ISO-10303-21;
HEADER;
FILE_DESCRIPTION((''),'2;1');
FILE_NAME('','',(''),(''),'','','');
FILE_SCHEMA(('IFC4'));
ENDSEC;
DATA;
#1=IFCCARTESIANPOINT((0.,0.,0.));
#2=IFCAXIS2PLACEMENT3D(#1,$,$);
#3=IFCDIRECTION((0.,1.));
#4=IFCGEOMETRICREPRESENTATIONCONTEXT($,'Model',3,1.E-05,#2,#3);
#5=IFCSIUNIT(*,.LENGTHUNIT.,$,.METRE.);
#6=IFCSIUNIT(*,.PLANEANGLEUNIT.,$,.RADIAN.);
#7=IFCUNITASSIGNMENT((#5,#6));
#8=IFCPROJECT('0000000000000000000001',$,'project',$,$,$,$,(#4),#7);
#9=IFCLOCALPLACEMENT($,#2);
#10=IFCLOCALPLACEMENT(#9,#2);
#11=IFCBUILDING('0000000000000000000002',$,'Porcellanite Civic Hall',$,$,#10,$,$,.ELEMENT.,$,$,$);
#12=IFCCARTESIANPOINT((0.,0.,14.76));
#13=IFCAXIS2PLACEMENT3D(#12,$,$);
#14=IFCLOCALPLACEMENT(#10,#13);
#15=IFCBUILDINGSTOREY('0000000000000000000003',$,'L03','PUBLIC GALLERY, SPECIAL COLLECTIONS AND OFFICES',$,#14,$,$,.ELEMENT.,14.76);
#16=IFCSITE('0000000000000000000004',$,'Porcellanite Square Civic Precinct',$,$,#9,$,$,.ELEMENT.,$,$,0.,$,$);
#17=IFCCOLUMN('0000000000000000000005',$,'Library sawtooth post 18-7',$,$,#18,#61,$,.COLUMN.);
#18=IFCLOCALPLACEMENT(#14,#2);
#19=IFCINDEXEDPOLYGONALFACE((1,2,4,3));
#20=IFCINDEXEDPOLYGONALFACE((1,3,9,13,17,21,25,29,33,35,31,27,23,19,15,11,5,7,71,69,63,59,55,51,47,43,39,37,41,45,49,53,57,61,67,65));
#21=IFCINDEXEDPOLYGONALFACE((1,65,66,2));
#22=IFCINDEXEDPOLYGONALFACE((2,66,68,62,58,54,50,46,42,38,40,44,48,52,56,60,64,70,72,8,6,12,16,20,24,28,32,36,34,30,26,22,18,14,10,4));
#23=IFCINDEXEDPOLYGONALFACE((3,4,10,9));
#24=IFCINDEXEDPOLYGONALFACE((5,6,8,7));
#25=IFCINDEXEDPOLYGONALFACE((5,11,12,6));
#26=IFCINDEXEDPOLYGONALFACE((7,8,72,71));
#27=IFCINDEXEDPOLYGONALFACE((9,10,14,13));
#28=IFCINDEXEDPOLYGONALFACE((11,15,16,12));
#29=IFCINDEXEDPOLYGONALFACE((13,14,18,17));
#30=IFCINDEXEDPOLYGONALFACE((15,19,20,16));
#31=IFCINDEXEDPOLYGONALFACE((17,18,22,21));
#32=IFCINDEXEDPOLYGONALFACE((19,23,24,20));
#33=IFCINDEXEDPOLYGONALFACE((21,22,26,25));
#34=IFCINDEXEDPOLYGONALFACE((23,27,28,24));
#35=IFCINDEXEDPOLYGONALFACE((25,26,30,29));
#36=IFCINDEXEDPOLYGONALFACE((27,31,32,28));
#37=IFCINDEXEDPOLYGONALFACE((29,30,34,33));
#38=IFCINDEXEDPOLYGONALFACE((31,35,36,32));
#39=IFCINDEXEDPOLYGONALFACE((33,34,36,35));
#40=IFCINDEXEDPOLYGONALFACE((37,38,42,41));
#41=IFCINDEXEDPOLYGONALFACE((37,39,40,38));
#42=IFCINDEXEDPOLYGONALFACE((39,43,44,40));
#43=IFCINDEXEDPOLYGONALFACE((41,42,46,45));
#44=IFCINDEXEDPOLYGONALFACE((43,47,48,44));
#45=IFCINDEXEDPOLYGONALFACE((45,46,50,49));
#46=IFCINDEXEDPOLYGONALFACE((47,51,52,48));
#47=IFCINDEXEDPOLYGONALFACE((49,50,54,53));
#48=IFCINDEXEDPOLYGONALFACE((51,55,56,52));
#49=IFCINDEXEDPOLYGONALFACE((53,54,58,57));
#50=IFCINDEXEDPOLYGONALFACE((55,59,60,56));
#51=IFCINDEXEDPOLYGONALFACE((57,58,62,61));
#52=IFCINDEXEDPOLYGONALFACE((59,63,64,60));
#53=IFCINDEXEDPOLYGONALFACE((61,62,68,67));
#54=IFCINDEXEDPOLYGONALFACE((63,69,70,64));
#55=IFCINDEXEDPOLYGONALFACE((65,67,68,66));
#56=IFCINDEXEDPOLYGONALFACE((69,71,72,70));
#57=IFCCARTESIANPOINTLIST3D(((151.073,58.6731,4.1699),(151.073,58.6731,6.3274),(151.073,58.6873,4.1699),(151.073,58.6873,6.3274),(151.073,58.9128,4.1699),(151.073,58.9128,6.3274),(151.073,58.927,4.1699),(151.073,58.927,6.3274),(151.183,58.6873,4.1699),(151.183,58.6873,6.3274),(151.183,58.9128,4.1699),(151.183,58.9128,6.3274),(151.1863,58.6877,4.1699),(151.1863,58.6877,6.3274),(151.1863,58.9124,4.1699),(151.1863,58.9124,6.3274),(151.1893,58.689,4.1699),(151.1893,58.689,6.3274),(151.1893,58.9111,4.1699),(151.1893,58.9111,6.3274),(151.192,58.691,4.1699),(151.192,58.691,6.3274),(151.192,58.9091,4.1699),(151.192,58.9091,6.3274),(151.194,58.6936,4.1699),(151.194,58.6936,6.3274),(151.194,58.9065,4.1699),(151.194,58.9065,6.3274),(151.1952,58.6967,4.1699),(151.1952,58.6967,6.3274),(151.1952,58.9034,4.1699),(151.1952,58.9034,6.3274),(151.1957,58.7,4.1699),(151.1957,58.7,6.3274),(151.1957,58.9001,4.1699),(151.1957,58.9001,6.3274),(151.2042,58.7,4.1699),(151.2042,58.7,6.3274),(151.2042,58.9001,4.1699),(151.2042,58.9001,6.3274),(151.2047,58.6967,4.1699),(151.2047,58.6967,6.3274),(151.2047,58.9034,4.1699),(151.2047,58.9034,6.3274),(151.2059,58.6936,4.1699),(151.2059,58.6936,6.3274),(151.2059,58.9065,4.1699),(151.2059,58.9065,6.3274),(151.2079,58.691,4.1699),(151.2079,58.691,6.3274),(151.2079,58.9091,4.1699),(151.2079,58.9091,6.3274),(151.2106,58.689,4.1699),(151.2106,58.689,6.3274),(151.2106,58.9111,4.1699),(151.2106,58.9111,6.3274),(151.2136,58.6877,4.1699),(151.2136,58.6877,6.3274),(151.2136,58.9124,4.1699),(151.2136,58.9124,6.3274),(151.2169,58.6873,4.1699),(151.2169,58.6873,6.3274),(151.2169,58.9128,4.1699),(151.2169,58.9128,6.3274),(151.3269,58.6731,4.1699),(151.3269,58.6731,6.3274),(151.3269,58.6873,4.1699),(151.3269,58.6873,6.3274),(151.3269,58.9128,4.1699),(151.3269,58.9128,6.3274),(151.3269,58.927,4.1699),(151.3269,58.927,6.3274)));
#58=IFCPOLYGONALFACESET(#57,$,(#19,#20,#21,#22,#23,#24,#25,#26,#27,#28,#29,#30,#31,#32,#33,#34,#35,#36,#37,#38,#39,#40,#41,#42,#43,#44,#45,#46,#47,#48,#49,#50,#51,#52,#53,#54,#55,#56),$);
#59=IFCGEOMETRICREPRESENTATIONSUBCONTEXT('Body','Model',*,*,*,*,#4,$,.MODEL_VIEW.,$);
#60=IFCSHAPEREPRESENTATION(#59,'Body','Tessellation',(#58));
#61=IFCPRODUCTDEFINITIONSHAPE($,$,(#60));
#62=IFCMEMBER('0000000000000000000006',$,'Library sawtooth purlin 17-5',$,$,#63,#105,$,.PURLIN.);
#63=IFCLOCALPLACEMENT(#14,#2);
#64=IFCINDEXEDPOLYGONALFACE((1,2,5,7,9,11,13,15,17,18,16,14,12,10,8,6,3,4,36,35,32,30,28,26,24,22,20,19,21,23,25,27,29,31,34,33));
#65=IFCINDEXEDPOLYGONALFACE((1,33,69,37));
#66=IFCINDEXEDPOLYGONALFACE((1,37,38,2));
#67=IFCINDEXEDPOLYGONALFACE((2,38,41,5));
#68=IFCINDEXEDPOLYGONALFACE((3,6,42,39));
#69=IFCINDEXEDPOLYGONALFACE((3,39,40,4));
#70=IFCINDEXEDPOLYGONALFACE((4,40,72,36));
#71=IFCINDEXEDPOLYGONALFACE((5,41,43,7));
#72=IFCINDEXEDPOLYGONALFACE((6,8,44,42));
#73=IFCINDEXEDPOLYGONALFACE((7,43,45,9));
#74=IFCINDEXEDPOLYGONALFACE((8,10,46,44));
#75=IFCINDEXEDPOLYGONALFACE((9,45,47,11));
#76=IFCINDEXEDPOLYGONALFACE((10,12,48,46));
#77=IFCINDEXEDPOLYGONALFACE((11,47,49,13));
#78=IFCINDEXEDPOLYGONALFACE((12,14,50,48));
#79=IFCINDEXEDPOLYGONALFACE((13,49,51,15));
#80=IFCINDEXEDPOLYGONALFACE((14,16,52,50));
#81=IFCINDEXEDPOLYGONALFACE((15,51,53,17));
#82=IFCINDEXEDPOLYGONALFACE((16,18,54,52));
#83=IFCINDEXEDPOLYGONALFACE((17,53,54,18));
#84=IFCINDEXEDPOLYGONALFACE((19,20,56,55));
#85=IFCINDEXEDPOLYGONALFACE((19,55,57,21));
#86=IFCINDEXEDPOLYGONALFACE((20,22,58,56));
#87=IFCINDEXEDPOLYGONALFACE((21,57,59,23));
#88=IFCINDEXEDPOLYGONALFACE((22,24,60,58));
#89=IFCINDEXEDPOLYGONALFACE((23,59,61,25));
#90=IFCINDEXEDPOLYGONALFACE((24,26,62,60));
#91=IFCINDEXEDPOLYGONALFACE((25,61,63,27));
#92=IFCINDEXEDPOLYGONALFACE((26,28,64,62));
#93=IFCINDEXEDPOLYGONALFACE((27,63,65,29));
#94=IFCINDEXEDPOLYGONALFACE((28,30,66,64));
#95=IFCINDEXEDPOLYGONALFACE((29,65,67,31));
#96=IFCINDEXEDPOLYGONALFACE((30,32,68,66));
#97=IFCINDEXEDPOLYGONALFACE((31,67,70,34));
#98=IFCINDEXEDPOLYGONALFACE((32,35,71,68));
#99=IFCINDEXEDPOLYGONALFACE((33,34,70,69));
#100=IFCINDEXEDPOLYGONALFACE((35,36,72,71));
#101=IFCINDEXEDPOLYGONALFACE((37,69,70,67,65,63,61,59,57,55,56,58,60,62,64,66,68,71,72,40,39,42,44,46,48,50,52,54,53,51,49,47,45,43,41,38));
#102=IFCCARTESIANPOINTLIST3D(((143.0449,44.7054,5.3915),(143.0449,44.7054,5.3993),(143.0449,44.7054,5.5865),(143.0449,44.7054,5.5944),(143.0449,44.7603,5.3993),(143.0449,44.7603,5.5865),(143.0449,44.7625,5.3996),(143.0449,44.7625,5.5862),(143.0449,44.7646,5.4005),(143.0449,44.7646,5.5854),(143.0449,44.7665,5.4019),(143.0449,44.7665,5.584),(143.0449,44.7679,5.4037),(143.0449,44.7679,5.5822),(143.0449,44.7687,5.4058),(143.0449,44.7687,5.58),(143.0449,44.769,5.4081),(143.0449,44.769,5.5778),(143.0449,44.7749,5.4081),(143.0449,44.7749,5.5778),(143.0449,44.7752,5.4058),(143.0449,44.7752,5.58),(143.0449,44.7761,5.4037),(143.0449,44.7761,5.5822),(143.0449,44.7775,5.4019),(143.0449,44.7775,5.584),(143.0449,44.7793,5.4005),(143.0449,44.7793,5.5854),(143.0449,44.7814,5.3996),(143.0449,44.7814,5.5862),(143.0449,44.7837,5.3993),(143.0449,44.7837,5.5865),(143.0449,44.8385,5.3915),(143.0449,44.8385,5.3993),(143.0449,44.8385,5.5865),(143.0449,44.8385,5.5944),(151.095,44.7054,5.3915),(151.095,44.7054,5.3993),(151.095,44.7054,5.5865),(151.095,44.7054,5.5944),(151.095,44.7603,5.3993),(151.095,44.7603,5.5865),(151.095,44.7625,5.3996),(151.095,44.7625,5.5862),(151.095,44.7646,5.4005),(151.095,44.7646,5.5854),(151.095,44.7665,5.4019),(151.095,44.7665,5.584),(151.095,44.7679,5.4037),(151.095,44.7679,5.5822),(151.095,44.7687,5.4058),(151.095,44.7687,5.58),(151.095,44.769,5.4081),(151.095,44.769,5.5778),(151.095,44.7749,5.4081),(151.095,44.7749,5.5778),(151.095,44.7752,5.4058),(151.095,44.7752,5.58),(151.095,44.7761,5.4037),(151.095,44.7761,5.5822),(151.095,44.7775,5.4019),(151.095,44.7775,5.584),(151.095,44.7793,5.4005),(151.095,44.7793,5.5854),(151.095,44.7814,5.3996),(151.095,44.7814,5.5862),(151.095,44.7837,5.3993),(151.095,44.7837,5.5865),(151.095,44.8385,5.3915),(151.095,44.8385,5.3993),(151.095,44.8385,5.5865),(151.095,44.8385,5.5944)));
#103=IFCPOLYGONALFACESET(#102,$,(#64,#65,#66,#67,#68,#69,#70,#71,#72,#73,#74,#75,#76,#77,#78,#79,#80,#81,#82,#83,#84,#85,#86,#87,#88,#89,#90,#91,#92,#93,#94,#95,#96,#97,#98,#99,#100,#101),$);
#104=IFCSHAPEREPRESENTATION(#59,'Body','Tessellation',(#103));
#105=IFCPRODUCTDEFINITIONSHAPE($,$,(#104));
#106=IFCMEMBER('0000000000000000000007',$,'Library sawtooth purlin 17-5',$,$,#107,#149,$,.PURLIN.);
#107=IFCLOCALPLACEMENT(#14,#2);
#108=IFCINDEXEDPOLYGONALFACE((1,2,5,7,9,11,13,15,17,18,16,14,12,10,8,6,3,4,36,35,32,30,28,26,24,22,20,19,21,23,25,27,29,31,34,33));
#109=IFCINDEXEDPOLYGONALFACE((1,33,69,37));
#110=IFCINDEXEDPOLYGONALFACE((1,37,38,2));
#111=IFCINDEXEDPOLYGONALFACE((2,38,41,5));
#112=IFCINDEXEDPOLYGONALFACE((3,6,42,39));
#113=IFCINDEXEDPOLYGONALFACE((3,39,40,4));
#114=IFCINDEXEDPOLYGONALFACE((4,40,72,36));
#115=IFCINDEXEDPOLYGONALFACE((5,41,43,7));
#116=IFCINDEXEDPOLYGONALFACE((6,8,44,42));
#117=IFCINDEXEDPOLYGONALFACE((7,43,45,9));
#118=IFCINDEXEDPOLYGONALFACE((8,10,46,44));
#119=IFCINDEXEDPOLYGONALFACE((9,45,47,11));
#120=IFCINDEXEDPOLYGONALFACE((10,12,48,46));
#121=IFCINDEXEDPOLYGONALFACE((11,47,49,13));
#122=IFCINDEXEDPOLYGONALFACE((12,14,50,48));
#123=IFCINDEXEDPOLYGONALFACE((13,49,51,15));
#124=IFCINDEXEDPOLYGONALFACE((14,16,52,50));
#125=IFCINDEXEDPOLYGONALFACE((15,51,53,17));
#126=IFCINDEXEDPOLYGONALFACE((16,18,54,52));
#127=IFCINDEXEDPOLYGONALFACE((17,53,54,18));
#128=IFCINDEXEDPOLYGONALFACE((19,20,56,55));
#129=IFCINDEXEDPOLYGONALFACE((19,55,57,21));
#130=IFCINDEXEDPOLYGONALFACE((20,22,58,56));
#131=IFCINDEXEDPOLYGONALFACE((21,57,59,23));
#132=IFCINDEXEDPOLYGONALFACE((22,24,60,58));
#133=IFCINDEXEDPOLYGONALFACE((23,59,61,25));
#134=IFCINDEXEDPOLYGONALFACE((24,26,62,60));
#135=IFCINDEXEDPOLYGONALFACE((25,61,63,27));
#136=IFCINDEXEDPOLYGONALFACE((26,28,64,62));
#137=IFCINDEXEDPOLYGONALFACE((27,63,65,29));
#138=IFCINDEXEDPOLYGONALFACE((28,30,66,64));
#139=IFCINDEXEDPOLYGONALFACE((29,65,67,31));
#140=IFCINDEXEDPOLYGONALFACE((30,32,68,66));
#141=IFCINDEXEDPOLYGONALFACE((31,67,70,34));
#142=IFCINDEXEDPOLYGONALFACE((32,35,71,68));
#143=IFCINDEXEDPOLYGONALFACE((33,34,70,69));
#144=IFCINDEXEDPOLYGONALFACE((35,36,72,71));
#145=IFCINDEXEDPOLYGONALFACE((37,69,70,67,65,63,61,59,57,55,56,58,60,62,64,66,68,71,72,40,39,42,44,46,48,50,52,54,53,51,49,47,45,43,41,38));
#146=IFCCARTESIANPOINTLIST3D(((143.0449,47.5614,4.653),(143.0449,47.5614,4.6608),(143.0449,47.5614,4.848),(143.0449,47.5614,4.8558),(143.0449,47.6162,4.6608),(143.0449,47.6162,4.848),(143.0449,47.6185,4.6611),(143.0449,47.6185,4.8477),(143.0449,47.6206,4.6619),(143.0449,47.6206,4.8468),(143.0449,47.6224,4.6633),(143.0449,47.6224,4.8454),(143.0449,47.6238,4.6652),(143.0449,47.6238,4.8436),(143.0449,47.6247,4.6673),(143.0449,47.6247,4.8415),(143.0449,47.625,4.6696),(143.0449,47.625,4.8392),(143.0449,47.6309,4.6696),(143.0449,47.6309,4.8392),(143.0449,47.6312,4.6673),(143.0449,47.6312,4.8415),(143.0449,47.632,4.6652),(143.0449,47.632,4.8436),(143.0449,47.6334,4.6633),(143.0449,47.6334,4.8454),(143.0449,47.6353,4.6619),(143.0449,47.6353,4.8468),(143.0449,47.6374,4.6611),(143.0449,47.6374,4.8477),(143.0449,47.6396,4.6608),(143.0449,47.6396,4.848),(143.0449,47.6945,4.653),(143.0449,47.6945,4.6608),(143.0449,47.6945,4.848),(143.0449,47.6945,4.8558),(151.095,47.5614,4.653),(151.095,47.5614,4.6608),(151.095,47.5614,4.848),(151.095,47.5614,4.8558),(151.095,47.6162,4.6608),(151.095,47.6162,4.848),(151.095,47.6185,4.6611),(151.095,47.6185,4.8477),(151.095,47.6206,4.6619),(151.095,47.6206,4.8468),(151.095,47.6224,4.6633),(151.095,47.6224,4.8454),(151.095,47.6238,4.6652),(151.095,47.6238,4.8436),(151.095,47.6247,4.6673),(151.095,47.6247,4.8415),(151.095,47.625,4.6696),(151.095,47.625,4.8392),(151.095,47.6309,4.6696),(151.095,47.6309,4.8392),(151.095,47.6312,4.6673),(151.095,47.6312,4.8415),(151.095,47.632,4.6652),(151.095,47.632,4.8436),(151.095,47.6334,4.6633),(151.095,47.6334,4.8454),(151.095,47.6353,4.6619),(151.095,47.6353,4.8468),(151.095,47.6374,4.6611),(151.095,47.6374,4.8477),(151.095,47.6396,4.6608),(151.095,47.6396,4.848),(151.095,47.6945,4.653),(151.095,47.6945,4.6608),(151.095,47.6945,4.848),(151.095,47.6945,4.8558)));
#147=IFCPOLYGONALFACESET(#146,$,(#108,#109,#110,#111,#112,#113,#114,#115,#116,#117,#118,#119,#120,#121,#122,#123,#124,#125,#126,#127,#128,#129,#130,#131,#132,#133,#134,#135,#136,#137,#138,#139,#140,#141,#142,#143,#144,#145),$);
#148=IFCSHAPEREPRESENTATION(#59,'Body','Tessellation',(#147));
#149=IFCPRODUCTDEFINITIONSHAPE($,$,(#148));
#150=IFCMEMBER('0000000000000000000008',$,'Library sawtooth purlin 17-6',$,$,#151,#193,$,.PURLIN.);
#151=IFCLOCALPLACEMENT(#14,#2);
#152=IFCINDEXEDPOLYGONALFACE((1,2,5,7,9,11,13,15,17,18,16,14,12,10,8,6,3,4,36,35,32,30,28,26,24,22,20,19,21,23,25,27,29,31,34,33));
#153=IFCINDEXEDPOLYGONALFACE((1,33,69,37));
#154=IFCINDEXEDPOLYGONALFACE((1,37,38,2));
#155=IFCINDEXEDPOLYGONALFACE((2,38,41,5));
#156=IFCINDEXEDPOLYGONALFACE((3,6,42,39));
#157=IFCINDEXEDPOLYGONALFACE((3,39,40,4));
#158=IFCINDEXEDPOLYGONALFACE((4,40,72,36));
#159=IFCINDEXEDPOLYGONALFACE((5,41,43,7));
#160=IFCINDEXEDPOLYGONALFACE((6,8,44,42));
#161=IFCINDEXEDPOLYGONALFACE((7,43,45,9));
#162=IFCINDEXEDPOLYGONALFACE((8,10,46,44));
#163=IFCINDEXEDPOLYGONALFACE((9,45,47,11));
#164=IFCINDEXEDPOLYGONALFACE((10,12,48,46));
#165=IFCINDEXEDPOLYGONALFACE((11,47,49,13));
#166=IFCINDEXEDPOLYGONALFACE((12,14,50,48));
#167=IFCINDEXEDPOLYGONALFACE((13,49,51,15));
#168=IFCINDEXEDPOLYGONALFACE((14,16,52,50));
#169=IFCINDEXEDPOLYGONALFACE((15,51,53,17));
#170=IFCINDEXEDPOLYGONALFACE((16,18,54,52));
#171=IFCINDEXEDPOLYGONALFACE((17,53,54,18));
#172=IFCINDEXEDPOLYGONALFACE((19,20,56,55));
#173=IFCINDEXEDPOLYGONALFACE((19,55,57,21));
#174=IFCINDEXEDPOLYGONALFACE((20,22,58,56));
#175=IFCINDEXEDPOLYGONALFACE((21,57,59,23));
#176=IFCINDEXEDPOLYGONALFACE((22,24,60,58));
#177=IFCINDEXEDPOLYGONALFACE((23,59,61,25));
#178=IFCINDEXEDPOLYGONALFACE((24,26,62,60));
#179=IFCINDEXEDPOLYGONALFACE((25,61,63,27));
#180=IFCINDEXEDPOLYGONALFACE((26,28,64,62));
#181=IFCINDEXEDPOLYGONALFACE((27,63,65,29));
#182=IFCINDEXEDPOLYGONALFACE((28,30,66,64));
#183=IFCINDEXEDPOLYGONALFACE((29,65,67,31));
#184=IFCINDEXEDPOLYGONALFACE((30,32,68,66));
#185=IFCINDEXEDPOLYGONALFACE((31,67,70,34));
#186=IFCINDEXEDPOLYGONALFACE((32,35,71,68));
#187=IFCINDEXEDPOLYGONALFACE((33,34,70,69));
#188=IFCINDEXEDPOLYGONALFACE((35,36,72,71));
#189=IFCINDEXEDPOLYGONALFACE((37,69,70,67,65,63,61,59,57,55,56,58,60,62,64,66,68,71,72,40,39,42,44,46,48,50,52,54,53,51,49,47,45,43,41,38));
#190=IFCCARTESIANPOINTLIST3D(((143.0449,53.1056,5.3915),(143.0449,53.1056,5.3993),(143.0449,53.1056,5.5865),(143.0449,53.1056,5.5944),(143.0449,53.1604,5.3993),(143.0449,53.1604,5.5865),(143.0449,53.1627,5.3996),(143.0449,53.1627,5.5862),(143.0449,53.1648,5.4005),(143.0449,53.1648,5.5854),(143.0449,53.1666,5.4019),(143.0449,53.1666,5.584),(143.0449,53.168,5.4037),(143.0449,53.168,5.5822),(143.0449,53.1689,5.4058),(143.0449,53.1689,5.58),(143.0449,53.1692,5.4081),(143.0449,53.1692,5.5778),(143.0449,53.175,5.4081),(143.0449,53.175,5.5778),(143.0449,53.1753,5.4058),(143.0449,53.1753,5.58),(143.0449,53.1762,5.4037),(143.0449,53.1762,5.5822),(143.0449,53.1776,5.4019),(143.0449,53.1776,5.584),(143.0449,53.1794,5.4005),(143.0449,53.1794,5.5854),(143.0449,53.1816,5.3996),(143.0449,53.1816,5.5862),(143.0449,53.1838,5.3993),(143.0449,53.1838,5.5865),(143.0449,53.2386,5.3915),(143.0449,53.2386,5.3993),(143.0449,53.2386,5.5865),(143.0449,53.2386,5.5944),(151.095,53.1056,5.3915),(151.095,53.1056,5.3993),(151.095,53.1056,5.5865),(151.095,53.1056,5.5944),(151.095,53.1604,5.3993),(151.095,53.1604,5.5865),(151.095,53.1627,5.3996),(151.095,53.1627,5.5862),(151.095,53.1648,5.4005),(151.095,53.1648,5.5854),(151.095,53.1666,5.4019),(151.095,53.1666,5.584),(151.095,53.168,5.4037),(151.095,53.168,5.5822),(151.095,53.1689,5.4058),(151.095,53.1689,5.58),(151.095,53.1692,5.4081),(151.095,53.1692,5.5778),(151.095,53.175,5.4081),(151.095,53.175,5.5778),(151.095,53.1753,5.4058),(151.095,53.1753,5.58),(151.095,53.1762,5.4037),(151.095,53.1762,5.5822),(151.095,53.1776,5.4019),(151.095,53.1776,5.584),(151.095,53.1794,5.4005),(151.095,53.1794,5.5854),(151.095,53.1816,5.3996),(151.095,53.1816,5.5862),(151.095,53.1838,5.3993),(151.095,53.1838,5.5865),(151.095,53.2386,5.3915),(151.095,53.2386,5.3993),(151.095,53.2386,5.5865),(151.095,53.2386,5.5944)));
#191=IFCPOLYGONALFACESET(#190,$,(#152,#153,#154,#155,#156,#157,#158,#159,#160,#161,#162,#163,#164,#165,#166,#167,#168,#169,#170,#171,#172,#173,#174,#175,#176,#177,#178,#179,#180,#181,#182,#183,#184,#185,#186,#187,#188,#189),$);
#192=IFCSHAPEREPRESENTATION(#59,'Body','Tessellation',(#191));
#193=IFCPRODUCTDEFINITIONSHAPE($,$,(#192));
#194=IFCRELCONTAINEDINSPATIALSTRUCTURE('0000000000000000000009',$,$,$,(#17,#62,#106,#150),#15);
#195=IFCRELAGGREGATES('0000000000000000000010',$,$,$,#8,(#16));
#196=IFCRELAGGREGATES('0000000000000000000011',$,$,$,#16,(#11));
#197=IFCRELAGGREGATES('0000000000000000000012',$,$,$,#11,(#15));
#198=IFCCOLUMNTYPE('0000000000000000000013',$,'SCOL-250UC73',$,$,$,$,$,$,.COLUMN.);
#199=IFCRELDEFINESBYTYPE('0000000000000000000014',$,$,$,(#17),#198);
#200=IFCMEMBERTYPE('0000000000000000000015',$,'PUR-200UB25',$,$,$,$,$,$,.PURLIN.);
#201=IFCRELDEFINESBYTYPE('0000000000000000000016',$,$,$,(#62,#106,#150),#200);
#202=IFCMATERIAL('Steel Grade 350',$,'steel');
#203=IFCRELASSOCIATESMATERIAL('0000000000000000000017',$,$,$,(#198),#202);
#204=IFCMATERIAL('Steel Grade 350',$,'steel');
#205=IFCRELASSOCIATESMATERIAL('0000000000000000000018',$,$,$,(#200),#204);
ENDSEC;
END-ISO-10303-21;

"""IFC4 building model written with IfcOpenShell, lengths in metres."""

from ifc_helpers import new_model, si_unit, direction, frame, origin, origin_2d, place, context, subcontext, project, spatial, i_section, extrude, material, material_profile, profile_set, type_object, element, save


model = new_model("IFC4")

# Units and contexts
model_context = context("Model", 3, precision=1e-05, world=origin(), true_north=direction((0.0, 1.0)))
body_context = subcontext(model_context, "Body", "Model", "MODEL_VIEW")
ifc_project = project(units=[si_unit("LENGTHUNIT", "METRE"), si_unit("PLANEANGLEUNIT", "RADIAN")], contexts=[model_context])

# Site, building, storey
site_placement = place(None, origin())
site = spatial("IfcSite", under=ifc_project, at=site_placement, Name="Porcellanite Square Civic Precinct", CompositionType="ELEMENT", RefElevation=0.0)
building_placement = place(site_placement, origin())
building = spatial("IfcBuilding", under=site, at=building_placement, Name="Porcellanite Civic Hall", CompositionType="ELEMENT")
storey_placement = place(building_placement, frame((0.0, 0.0, 14.76)))
storey = spatial("IfcBuildingStorey", under=building, at=storey_placement, Name="L03", Description="PUBLIC GALLERY, SPECIAL COLLECTIONS AND OFFICES", CompositionType="ELEMENT", Elevation=14.76)

# Column
ifc_material_1 = material(Name="Steel Grade 350", Category="steel")
ifc_material_profile_1 = material_profile(ifc_material_1, i_section(OverallWidth=0.2539, OverallDepth=0.2539, WebThickness=0.0085, FlangeThickness=0.0142, FilletRadius=0.0127, at=origin_2d()), Name="250UC72.9")
ifc_profile_set_1 = profile_set([ifc_material_profile_1], Name="Steel Grade 350")
column_type_1 = type_object("IfcColumnType", Name="SCOL-250UC73", PredefinedType="COLUMN", material=ifc_profile_set_1)
for number, where, z_axis, x_axis, name in (
    (1, (151.2, 58.8, 4.1699), (0.0, 0.0, 1.0), (1.0, 0.0, 0.0), "Library sawtooth post 18-7"),
):
    element("IfcColumn", number, at=place(storey_placement, frame(where, z_axis=z_axis, x_axis=x_axis)), inside=storey, type_object=column_type_1, Name=name, PredefinedType="COLUMN", context=body_context, shape_type="SweptSolid", body=[
        extrude(i_section(OverallWidth=0.2539, OverallDepth=0.2539, WebThickness=0.0085, FlangeThickness=0.0142, FilletRadius=0.0127, at=origin_2d()), origin(), (0.0, 0.0, 1.0), 2.1575),
    ])

# Members
ifc_material_2 = material(Name="Steel Grade 350", Category="steel")
ifc_material_profile_2 = material_profile(ifc_material_2, i_section(OverallWidth=0.1331, OverallDepth=0.2029, WebThickness=0.0059, FlangeThickness=0.0078, FilletRadius=0.0088, at=origin_2d()), Name="200UB25.4")
ifc_profile_set_2 = profile_set([ifc_material_profile_2], Name="Steel Grade 350")
member_type = type_object("IfcMemberType", Name="PUR-200UB25", PredefinedType="PURLIN", material=ifc_profile_set_2)
for number, where, z_axis, x_axis, name in (
    (2, (143.0449, 44.772, 5.4929), (1.0, 0.0, 0.0), (0.0, 1.0, 0.0), "Library sawtooth purlin 17-5"),
    (3, (143.0449, 47.6279, 4.7544), (1.0, 0.0, 0.0), (0.0, 1.0, 0.0), "Library sawtooth purlin 17-5"),
    (4, (143.0449, 53.1721, 5.4929), (1.0, 0.0, 0.0), (0.0, 1.0, 0.0), "Library sawtooth purlin 17-6"),
):
    element("IfcMember", number, at=place(storey_placement, frame(where, z_axis=z_axis, x_axis=x_axis)), inside=storey, type_object=member_type, Name=name, PredefinedType="PURLIN", context=body_context, shape_type="SweptSolid", body=[
        extrude(i_section(OverallWidth=0.1331, OverallDepth=0.2029, WebThickness=0.0059, FlangeThickness=0.0078, FilletRadius=0.0088, at=origin_2d()), origin(), (0.0, 0.0, 1.0), 8.05),
    ])

save(model, "model.ifc")
